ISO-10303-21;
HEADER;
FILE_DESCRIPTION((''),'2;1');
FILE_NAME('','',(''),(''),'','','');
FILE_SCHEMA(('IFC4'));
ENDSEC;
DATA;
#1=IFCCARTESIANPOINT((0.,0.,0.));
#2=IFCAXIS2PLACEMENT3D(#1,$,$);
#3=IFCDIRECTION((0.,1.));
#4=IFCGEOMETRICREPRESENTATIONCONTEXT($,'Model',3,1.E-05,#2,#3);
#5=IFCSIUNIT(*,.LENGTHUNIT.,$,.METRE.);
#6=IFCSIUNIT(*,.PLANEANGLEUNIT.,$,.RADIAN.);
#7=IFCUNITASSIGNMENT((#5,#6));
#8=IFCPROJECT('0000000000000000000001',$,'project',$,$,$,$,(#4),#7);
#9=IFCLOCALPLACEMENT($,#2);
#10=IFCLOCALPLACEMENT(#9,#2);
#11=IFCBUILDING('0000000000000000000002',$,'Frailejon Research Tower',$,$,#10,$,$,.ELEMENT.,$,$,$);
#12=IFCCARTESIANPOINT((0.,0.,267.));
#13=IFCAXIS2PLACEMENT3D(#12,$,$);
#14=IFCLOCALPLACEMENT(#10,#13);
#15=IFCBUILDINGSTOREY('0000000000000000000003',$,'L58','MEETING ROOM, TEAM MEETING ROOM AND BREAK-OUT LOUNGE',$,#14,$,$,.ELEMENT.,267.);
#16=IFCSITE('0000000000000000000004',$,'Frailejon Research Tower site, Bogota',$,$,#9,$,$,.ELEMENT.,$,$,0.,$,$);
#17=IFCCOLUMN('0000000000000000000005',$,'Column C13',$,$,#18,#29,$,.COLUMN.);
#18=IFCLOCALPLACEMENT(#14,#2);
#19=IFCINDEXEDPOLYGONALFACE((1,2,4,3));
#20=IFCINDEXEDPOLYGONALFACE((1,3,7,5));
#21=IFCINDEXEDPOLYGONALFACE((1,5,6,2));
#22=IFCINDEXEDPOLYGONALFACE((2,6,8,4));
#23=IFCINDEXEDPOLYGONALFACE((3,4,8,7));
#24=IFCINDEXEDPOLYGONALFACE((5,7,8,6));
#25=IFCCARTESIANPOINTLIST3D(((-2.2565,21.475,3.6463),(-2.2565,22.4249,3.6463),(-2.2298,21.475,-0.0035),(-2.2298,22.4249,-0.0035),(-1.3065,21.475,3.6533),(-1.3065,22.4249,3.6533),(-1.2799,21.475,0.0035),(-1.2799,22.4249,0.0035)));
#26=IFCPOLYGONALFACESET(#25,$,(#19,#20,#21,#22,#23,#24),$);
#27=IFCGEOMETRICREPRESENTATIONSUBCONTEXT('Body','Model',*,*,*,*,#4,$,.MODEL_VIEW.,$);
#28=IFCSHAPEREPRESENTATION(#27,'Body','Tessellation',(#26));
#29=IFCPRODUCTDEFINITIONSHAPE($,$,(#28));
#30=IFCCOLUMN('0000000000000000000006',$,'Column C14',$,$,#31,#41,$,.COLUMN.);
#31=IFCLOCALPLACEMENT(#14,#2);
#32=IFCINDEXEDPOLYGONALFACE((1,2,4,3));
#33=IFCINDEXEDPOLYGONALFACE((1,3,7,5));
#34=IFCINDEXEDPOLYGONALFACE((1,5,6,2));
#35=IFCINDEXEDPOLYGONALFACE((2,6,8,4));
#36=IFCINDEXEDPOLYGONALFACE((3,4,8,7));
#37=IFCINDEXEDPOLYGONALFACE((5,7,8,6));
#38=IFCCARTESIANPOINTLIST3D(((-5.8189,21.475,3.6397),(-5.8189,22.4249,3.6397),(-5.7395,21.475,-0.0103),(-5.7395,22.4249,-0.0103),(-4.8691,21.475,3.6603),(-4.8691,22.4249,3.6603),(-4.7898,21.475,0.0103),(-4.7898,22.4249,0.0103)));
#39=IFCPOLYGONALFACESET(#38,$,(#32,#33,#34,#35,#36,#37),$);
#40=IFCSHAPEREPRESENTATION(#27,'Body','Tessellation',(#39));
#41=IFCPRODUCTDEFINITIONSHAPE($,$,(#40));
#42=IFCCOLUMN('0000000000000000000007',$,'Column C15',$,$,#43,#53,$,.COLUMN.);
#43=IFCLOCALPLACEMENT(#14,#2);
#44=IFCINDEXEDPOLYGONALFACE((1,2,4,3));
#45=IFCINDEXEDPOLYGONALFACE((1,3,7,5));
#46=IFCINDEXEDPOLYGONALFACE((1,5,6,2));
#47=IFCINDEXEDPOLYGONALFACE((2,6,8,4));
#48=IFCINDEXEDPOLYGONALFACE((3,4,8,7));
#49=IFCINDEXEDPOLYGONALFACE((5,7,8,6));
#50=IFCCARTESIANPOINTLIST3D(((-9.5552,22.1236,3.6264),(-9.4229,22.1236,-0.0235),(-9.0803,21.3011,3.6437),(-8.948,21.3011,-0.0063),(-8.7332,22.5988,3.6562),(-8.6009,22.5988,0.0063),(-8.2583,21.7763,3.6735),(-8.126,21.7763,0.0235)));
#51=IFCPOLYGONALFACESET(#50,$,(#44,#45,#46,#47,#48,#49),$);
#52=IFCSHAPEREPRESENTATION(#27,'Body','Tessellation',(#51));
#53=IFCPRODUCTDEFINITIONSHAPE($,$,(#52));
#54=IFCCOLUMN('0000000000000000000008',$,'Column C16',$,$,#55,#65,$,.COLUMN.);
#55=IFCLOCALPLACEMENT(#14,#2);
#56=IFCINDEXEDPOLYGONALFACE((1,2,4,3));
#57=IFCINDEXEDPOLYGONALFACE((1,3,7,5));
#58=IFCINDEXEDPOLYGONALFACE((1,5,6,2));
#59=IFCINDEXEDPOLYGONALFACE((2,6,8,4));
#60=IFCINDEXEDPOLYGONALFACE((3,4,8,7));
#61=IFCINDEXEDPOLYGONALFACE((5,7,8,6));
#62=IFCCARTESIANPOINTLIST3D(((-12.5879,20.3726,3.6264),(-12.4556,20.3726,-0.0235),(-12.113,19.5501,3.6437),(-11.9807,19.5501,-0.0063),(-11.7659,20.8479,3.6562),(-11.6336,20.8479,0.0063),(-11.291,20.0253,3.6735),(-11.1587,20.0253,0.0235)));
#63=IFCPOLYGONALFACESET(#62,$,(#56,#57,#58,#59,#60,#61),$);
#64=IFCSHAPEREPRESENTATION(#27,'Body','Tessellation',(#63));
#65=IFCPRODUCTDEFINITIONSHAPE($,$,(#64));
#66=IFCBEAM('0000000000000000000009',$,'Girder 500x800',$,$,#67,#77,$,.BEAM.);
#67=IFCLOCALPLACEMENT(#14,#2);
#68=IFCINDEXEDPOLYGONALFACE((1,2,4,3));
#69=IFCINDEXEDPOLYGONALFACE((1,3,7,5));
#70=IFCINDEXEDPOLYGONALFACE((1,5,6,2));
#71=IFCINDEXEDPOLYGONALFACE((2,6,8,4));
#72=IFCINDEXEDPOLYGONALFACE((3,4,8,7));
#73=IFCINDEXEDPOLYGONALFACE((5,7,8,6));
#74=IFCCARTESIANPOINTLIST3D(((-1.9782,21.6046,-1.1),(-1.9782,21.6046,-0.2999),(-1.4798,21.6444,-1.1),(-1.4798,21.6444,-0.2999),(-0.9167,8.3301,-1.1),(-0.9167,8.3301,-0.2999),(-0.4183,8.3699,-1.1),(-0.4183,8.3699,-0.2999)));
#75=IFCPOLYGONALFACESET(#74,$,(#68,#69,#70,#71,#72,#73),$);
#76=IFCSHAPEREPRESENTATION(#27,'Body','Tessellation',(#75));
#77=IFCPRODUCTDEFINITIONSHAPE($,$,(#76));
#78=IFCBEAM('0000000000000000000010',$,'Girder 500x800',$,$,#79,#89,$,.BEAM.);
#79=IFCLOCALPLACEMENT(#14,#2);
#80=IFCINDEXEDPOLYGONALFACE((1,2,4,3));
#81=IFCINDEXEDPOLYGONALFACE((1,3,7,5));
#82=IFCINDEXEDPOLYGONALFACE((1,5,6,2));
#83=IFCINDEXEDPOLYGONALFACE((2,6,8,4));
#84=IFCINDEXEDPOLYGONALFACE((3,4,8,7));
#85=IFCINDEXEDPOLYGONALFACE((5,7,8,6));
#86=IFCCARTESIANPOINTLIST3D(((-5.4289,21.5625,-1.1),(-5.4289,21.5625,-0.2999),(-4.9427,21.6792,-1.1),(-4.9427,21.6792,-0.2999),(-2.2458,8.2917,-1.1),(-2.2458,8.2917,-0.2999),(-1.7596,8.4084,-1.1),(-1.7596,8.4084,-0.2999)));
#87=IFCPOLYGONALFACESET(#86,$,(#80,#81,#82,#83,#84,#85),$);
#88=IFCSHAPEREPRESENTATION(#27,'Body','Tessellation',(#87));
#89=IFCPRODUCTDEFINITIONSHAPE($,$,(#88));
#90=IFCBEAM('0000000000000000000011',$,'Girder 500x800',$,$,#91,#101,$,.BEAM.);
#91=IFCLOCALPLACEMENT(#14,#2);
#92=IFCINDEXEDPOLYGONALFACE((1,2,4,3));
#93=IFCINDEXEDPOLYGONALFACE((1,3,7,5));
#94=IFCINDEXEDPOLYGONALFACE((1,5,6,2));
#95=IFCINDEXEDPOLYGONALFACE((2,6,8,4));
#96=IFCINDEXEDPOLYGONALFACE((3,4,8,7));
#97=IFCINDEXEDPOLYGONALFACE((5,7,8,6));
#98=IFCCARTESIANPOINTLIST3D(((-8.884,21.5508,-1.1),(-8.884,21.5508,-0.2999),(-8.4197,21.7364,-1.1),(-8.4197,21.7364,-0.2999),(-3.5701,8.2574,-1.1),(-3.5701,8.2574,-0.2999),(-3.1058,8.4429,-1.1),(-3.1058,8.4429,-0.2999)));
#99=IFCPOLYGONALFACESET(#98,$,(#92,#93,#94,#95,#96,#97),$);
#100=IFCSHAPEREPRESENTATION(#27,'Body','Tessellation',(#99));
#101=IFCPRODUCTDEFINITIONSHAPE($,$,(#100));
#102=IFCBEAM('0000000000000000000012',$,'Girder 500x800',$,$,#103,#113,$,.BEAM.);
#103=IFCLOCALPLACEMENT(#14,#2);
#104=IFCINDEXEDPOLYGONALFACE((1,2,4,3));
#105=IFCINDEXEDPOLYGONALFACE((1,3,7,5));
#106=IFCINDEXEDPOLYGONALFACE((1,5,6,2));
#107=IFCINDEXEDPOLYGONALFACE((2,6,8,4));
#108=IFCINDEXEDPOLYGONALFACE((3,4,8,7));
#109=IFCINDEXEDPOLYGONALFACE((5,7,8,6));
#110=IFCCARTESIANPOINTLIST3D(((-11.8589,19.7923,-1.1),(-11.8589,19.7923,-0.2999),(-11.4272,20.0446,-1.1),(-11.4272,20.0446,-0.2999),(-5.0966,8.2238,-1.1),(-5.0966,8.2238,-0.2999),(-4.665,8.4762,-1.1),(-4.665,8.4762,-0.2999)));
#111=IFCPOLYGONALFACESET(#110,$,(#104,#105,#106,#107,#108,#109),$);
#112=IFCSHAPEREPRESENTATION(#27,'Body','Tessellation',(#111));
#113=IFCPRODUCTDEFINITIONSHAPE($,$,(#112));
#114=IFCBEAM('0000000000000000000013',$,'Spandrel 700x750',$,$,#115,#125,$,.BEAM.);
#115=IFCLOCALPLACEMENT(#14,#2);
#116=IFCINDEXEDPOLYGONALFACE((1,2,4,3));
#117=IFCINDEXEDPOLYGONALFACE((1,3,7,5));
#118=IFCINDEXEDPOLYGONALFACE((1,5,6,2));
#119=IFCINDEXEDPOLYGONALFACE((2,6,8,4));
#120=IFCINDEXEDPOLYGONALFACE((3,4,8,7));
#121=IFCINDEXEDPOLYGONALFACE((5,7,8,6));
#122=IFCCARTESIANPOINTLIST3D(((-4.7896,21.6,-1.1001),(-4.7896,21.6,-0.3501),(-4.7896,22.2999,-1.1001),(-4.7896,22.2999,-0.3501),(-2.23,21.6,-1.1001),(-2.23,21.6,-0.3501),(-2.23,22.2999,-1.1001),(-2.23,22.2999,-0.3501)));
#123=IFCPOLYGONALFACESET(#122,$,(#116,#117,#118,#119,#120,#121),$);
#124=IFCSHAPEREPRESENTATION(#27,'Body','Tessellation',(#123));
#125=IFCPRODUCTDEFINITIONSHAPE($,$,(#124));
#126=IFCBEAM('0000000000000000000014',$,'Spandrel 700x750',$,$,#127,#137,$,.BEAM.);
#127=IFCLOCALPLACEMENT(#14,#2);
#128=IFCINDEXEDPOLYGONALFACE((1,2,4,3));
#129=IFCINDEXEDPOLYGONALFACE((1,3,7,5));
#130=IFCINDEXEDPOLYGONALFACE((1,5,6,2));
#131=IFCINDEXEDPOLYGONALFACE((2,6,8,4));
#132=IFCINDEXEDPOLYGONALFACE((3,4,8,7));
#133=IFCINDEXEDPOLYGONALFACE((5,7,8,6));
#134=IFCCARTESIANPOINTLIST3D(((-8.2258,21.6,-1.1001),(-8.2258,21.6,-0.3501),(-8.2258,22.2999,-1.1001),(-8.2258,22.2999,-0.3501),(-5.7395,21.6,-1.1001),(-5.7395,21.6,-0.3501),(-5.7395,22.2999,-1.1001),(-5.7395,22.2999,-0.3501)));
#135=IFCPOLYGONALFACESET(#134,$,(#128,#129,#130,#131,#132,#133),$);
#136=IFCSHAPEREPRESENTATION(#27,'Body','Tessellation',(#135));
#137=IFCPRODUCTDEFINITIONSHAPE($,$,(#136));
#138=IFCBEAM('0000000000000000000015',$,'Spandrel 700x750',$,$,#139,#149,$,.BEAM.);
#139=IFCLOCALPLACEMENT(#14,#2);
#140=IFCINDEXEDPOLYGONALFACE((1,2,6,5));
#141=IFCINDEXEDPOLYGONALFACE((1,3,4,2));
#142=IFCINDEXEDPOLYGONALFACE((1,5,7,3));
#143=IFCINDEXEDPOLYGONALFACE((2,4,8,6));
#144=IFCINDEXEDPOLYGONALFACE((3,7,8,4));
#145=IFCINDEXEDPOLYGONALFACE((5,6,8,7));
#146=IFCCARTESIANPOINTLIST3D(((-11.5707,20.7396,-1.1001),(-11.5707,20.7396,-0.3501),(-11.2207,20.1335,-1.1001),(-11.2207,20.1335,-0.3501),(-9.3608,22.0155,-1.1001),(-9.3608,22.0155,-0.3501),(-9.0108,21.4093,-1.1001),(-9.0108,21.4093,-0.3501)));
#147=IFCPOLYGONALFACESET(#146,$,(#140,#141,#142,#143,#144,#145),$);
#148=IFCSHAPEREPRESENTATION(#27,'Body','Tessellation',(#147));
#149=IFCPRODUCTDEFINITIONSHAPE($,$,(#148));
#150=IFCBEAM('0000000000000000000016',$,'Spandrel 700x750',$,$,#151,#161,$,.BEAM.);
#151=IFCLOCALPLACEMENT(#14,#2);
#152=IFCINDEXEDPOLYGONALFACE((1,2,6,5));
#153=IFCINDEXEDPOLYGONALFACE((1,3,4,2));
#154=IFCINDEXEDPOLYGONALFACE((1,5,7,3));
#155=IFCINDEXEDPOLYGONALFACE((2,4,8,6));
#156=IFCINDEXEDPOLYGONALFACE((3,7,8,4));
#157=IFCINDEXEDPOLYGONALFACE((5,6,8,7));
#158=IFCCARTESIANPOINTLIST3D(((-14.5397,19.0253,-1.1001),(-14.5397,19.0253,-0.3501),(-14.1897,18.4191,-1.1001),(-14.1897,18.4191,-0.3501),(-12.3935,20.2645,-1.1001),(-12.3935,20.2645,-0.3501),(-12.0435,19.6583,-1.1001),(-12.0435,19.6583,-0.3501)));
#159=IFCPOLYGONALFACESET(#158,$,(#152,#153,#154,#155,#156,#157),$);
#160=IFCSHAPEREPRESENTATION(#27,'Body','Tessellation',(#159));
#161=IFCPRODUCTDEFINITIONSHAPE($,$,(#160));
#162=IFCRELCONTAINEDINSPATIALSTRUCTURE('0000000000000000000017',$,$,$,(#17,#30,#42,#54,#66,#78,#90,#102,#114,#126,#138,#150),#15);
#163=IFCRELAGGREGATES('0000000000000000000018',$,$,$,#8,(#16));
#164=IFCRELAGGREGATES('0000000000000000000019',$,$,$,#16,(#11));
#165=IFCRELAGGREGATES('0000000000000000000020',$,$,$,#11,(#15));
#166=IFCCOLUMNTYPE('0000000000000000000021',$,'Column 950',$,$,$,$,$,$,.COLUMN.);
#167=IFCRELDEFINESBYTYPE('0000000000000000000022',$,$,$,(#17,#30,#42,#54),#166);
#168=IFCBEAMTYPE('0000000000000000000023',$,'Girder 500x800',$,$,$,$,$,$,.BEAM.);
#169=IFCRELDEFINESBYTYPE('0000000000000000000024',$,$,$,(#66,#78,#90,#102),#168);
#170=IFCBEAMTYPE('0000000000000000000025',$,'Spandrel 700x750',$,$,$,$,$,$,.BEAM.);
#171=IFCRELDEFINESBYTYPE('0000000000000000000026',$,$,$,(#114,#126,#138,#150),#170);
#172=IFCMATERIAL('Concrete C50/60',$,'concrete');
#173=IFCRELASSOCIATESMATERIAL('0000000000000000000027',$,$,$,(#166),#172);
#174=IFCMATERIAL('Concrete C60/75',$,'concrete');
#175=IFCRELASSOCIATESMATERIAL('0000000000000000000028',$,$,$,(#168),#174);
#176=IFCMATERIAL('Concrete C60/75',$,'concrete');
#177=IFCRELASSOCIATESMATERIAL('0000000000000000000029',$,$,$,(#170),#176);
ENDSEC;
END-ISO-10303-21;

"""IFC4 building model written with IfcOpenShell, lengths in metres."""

from ifc_helpers import new_model, si_unit, direction, frame, origin, origin_2d, place, context, subcontext, project, spatial, rectangle, extrude, material, material_profile, profile_set, type_object, element, save


model = new_model("IFC4")

# Units and contexts
model_context = context("Model", 3, precision=1e-05, world=origin(), true_north=direction((0.0, 1.0)))
body_context = subcontext(model_context, "Body", "Model", "MODEL_VIEW")
ifc_project = project(units=[si_unit("LENGTHUNIT", "METRE"), si_unit("PLANEANGLEUNIT", "RADIAN")], contexts=[model_context])

# Site, building, storey
site_placement = place(None, origin())
site = spatial("IfcSite", under=ifc_project, at=site_placement, Name="Frailejon Research Tower site, Bogota", CompositionType="ELEMENT", RefElevation=0.0)
building_placement = place(site_placement, origin())
building = spatial("IfcBuilding", under=site, at=building_placement, Name="Frailejon Research Tower", CompositionType="ELEMENT")
storey_placement = place(building_placement, frame((0.0, 0.0, 267.0)))
storey = spatial("IfcBuildingStorey", under=building, at=storey_placement, Name="L58", Description="MEETING ROOM, TEAM MEETING ROOM AND BREAK-OUT LOUNGE", CompositionType="ELEMENT", Elevation=267.0)

# Columns
ifc_material_1 = material(Name="Concrete C50/60", Category="concrete")
ifc_material_profile_1 = material_profile(ifc_material_1, rectangle(XDim=0.95, YDim=0.95, at=origin_2d()), Name="Column 950")
ifc_profile_set_1 = profile_set([ifc_material_profile_1], Name="Concrete C50/60")
column_type = type_object("IfcColumnType", Name="Column 950", PredefinedType="COLUMN", material=ifc_profile_set_1)
column_1_placement = place(storey_placement, frame((-1.7549, 21.95, 0.0), z_axis=(-0.007291, 0.0, 0.999973), x_axis=(-0.999973, 0.0, -0.007291)))
element("IfcColumn", 1, at=column_1_placement, inside=storey, type_object=column_type, Name="Column C13", PredefinedType="COLUMN", context=body_context, shape_type="SweptSolid", body=[
    extrude(rectangle(XDim=0.95, YDim=0.95, at=origin_2d()), origin(), (0.0, 0.0, 1.0), 3.6499),
])
column_2_placement = place(storey_placement, frame((-5.2646, 21.95, 0.0), z_axis=(-0.021734, 0.0, 0.999764), x_axis=(-0.999764, 0.0, -0.021734)))
element("IfcColumn", 2, at=column_2_placement, inside=storey, type_object=column_type, Name="Column C14", PredefinedType="COLUMN", context=body_context, shape_type="SweptSolid", body=[
    extrude(rectangle(XDim=0.95, YDim=0.95, at=origin_2d()), origin(), (0.0, 0.0, 1.0), 3.6509),
])
for number, where, z_axis, x_axis, name in (
    (3, (-8.7744, 21.95, 0.0), (-0.03623, 0.0, 0.999343), (-0.865315, -0.500246, -0.031371), "Column C15"),
    (4, (-11.8071, 20.199, 0.0), (-0.03623, 0.0, 0.999343), (-0.865315, -0.500246, -0.031371), "Column C16"),
):
    element("IfcColumn", number, at=place(storey_placement, frame(where, z_axis=z_axis, x_axis=x_axis)), inside=storey, type_object=column_type, Name=name, PredefinedType="COLUMN", context=body_context, shape_type="SweptSolid", body=[
        extrude(rectangle(XDim=0.95, YDim=0.95, at=origin_2d()), origin(), (0.0, 0.0, 1.0), 3.6523),
    ])

# Beams
ifc_material_2 = material(Name="Concrete C60/75", Category="concrete")
ifc_material_profile_2 = material_profile(ifc_material_2, rectangle(XDim=0.5, YDim=0.8, at=origin_2d()), Name="Girder 500x800")
ifc_profile_set_2 = profile_set([ifc_material_profile_2], Name="Concrete C60/75")
beam_type_1 = type_object("IfcBeamType", Name="Girder 500x800", PredefinedType="BEAM", material=ifc_profile_set_2)
beam_1_placement = place(storey_placement, frame((-1.729, 21.6245, -0.7), z_axis=(0.079713, -0.996818, 0.0), x_axis=(0.996818, 0.079713, 0.0)))
element("IfcBeam", 5, at=beam_1_placement, inside=storey, type_object=beam_type_1, Name="Girder 500x800", PredefinedType="BEAM", context=body_context, shape_type="SweptSolid", body=[
    extrude(rectangle(XDim=0.5, YDim=0.8, at=origin_2d()), origin(), (0.0, 0.0, 1.0), 13.3169),
])
beam_2_placement = place(storey_placement, frame((-5.1858, 21.6208, -0.7), z_axis=(0.233243, -0.972418, 0.0), x_axis=(0.972418, 0.233243, 0.0)))
element("IfcBeam", 6, at=beam_2_placement, inside=storey, type_object=beam_type_1, Name="Girder 500x800", PredefinedType="BEAM", context=body_context, shape_type="SweptSolid", body=[
    extrude(rectangle(XDim=0.5, YDim=0.8, at=origin_2d()), origin(), (0.0, 0.0, 1.0), 13.6472),
])
beam_3_placement = place(storey_placement, frame((-8.6519, 21.6436, -0.7), z_axis=(0.371185, -0.928559, 0.0), x_axis=(0.928559, 0.371185, 0.0)))
element("IfcBeam", 7, at=beam_3_placement, inside=storey, type_object=beam_type_1, Name="Girder 500x800", PredefinedType="BEAM", context=body_context, shape_type="SweptSolid", body=[
    extrude(rectangle(XDim=0.5, YDim=0.8, at=origin_2d()), origin(), (0.0, 0.0, 1.0), 14.3162),
])
beam_4_placement = place(storey_placement, frame((-11.6431, 19.9185, -0.7), z_axis=(0.50465, -0.863324, 0.0), x_axis=(0.863324, 0.50465, 0.0)))
element("IfcBeam", 8, at=beam_4_placement, inside=storey, type_object=beam_type_1, Name="Girder 500x800", PredefinedType="BEAM", context=body_context, shape_type="SweptSolid", body=[
    extrude(rectangle(XDim=0.5, YDim=0.8, at=origin_2d()), origin(), (0.0, 0.0, 1.0), 13.3999),
])
ifc_material_3 = material(Name="Concrete C60/75", Category="concrete")
ifc_material_profile_3 = material_profile(ifc_material_3, rectangle(XDim=0.7, YDim=0.75, at=origin_2d()), Name="Spandrel 700x750")
ifc_profile_set_3 = profile_set([ifc_material_profile_3], Name="Concrete C60/75")
beam_type_2 = type_object("IfcBeamType", Name="Spandrel 700x750", PredefinedType="BEAM", material=ifc_profile_set_3)
beam_5_placement = place(storey_placement, frame((-2.23, 21.95, -0.7251), z_axis=(-1.0, 0.0, 0.0), x_axis=(0.0, -1.0, 0.0)))
element("IfcBeam", 9, at=beam_5_placement, inside=storey, type_object=beam_type_2, Name="Spandrel 700x750", PredefinedType="BEAM", context=body_context, shape_type="SweptSolid", body=[
    extrude(rectangle(XDim=0.7, YDim=0.75, at=origin_2d()), origin(), (0.0, 0.0, 1.0), 2.5596),
])
beam_6_placement = place(storey_placement, frame((-5.7395, 21.95, -0.7251), z_axis=(-1.0, 0.0, 0.0), x_axis=(0.0, -1.0, 0.0)))
element("IfcBeam", 10, at=beam_6_placement, inside=storey, type_object=beam_type_2, Name="Spandrel 700x750", PredefinedType="BEAM", context=body_context, shape_type="SweptSolid", body=[
    extrude(rectangle(XDim=0.7, YDim=0.75, at=origin_2d()), origin(), (0.0, 0.0, 1.0), 2.4863),
])
beam_7_placement = place(storey_placement, frame((-9.1858, 21.7124, -0.7251), z_axis=(-0.866033, -0.499987, 0.0), x_axis=(0.499987, -0.866033, 0.0)))
element("IfcBeam", 11, at=beam_7_placement, inside=storey, type_object=beam_type_2, Name="Spandrel 700x750", PredefinedType="BEAM", context=body_context, shape_type="SweptSolid", body=[
    extrude(rectangle(XDim=0.7, YDim=0.75, at=origin_2d()), origin(), (0.0, 0.0, 1.0), 2.5518),
])
beam_8_placement = place(storey_placement, frame((-12.2185, 19.9614, -0.7251), z_axis=(-0.866003, -0.500038, 0.0), x_axis=(0.500038, -0.866003, 0.0)))
element("IfcBeam", 12, at=beam_8_placement, inside=storey, type_object=beam_type_2, Name="Spandrel 700x750", PredefinedType="BEAM", context=body_context, shape_type="SweptSolid", body=[
    extrude(rectangle(XDim=0.7, YDim=0.75, at=origin_2d()), origin(), (0.0, 0.0, 1.0), 2.4783),
])

save(model, "model.ifc")
